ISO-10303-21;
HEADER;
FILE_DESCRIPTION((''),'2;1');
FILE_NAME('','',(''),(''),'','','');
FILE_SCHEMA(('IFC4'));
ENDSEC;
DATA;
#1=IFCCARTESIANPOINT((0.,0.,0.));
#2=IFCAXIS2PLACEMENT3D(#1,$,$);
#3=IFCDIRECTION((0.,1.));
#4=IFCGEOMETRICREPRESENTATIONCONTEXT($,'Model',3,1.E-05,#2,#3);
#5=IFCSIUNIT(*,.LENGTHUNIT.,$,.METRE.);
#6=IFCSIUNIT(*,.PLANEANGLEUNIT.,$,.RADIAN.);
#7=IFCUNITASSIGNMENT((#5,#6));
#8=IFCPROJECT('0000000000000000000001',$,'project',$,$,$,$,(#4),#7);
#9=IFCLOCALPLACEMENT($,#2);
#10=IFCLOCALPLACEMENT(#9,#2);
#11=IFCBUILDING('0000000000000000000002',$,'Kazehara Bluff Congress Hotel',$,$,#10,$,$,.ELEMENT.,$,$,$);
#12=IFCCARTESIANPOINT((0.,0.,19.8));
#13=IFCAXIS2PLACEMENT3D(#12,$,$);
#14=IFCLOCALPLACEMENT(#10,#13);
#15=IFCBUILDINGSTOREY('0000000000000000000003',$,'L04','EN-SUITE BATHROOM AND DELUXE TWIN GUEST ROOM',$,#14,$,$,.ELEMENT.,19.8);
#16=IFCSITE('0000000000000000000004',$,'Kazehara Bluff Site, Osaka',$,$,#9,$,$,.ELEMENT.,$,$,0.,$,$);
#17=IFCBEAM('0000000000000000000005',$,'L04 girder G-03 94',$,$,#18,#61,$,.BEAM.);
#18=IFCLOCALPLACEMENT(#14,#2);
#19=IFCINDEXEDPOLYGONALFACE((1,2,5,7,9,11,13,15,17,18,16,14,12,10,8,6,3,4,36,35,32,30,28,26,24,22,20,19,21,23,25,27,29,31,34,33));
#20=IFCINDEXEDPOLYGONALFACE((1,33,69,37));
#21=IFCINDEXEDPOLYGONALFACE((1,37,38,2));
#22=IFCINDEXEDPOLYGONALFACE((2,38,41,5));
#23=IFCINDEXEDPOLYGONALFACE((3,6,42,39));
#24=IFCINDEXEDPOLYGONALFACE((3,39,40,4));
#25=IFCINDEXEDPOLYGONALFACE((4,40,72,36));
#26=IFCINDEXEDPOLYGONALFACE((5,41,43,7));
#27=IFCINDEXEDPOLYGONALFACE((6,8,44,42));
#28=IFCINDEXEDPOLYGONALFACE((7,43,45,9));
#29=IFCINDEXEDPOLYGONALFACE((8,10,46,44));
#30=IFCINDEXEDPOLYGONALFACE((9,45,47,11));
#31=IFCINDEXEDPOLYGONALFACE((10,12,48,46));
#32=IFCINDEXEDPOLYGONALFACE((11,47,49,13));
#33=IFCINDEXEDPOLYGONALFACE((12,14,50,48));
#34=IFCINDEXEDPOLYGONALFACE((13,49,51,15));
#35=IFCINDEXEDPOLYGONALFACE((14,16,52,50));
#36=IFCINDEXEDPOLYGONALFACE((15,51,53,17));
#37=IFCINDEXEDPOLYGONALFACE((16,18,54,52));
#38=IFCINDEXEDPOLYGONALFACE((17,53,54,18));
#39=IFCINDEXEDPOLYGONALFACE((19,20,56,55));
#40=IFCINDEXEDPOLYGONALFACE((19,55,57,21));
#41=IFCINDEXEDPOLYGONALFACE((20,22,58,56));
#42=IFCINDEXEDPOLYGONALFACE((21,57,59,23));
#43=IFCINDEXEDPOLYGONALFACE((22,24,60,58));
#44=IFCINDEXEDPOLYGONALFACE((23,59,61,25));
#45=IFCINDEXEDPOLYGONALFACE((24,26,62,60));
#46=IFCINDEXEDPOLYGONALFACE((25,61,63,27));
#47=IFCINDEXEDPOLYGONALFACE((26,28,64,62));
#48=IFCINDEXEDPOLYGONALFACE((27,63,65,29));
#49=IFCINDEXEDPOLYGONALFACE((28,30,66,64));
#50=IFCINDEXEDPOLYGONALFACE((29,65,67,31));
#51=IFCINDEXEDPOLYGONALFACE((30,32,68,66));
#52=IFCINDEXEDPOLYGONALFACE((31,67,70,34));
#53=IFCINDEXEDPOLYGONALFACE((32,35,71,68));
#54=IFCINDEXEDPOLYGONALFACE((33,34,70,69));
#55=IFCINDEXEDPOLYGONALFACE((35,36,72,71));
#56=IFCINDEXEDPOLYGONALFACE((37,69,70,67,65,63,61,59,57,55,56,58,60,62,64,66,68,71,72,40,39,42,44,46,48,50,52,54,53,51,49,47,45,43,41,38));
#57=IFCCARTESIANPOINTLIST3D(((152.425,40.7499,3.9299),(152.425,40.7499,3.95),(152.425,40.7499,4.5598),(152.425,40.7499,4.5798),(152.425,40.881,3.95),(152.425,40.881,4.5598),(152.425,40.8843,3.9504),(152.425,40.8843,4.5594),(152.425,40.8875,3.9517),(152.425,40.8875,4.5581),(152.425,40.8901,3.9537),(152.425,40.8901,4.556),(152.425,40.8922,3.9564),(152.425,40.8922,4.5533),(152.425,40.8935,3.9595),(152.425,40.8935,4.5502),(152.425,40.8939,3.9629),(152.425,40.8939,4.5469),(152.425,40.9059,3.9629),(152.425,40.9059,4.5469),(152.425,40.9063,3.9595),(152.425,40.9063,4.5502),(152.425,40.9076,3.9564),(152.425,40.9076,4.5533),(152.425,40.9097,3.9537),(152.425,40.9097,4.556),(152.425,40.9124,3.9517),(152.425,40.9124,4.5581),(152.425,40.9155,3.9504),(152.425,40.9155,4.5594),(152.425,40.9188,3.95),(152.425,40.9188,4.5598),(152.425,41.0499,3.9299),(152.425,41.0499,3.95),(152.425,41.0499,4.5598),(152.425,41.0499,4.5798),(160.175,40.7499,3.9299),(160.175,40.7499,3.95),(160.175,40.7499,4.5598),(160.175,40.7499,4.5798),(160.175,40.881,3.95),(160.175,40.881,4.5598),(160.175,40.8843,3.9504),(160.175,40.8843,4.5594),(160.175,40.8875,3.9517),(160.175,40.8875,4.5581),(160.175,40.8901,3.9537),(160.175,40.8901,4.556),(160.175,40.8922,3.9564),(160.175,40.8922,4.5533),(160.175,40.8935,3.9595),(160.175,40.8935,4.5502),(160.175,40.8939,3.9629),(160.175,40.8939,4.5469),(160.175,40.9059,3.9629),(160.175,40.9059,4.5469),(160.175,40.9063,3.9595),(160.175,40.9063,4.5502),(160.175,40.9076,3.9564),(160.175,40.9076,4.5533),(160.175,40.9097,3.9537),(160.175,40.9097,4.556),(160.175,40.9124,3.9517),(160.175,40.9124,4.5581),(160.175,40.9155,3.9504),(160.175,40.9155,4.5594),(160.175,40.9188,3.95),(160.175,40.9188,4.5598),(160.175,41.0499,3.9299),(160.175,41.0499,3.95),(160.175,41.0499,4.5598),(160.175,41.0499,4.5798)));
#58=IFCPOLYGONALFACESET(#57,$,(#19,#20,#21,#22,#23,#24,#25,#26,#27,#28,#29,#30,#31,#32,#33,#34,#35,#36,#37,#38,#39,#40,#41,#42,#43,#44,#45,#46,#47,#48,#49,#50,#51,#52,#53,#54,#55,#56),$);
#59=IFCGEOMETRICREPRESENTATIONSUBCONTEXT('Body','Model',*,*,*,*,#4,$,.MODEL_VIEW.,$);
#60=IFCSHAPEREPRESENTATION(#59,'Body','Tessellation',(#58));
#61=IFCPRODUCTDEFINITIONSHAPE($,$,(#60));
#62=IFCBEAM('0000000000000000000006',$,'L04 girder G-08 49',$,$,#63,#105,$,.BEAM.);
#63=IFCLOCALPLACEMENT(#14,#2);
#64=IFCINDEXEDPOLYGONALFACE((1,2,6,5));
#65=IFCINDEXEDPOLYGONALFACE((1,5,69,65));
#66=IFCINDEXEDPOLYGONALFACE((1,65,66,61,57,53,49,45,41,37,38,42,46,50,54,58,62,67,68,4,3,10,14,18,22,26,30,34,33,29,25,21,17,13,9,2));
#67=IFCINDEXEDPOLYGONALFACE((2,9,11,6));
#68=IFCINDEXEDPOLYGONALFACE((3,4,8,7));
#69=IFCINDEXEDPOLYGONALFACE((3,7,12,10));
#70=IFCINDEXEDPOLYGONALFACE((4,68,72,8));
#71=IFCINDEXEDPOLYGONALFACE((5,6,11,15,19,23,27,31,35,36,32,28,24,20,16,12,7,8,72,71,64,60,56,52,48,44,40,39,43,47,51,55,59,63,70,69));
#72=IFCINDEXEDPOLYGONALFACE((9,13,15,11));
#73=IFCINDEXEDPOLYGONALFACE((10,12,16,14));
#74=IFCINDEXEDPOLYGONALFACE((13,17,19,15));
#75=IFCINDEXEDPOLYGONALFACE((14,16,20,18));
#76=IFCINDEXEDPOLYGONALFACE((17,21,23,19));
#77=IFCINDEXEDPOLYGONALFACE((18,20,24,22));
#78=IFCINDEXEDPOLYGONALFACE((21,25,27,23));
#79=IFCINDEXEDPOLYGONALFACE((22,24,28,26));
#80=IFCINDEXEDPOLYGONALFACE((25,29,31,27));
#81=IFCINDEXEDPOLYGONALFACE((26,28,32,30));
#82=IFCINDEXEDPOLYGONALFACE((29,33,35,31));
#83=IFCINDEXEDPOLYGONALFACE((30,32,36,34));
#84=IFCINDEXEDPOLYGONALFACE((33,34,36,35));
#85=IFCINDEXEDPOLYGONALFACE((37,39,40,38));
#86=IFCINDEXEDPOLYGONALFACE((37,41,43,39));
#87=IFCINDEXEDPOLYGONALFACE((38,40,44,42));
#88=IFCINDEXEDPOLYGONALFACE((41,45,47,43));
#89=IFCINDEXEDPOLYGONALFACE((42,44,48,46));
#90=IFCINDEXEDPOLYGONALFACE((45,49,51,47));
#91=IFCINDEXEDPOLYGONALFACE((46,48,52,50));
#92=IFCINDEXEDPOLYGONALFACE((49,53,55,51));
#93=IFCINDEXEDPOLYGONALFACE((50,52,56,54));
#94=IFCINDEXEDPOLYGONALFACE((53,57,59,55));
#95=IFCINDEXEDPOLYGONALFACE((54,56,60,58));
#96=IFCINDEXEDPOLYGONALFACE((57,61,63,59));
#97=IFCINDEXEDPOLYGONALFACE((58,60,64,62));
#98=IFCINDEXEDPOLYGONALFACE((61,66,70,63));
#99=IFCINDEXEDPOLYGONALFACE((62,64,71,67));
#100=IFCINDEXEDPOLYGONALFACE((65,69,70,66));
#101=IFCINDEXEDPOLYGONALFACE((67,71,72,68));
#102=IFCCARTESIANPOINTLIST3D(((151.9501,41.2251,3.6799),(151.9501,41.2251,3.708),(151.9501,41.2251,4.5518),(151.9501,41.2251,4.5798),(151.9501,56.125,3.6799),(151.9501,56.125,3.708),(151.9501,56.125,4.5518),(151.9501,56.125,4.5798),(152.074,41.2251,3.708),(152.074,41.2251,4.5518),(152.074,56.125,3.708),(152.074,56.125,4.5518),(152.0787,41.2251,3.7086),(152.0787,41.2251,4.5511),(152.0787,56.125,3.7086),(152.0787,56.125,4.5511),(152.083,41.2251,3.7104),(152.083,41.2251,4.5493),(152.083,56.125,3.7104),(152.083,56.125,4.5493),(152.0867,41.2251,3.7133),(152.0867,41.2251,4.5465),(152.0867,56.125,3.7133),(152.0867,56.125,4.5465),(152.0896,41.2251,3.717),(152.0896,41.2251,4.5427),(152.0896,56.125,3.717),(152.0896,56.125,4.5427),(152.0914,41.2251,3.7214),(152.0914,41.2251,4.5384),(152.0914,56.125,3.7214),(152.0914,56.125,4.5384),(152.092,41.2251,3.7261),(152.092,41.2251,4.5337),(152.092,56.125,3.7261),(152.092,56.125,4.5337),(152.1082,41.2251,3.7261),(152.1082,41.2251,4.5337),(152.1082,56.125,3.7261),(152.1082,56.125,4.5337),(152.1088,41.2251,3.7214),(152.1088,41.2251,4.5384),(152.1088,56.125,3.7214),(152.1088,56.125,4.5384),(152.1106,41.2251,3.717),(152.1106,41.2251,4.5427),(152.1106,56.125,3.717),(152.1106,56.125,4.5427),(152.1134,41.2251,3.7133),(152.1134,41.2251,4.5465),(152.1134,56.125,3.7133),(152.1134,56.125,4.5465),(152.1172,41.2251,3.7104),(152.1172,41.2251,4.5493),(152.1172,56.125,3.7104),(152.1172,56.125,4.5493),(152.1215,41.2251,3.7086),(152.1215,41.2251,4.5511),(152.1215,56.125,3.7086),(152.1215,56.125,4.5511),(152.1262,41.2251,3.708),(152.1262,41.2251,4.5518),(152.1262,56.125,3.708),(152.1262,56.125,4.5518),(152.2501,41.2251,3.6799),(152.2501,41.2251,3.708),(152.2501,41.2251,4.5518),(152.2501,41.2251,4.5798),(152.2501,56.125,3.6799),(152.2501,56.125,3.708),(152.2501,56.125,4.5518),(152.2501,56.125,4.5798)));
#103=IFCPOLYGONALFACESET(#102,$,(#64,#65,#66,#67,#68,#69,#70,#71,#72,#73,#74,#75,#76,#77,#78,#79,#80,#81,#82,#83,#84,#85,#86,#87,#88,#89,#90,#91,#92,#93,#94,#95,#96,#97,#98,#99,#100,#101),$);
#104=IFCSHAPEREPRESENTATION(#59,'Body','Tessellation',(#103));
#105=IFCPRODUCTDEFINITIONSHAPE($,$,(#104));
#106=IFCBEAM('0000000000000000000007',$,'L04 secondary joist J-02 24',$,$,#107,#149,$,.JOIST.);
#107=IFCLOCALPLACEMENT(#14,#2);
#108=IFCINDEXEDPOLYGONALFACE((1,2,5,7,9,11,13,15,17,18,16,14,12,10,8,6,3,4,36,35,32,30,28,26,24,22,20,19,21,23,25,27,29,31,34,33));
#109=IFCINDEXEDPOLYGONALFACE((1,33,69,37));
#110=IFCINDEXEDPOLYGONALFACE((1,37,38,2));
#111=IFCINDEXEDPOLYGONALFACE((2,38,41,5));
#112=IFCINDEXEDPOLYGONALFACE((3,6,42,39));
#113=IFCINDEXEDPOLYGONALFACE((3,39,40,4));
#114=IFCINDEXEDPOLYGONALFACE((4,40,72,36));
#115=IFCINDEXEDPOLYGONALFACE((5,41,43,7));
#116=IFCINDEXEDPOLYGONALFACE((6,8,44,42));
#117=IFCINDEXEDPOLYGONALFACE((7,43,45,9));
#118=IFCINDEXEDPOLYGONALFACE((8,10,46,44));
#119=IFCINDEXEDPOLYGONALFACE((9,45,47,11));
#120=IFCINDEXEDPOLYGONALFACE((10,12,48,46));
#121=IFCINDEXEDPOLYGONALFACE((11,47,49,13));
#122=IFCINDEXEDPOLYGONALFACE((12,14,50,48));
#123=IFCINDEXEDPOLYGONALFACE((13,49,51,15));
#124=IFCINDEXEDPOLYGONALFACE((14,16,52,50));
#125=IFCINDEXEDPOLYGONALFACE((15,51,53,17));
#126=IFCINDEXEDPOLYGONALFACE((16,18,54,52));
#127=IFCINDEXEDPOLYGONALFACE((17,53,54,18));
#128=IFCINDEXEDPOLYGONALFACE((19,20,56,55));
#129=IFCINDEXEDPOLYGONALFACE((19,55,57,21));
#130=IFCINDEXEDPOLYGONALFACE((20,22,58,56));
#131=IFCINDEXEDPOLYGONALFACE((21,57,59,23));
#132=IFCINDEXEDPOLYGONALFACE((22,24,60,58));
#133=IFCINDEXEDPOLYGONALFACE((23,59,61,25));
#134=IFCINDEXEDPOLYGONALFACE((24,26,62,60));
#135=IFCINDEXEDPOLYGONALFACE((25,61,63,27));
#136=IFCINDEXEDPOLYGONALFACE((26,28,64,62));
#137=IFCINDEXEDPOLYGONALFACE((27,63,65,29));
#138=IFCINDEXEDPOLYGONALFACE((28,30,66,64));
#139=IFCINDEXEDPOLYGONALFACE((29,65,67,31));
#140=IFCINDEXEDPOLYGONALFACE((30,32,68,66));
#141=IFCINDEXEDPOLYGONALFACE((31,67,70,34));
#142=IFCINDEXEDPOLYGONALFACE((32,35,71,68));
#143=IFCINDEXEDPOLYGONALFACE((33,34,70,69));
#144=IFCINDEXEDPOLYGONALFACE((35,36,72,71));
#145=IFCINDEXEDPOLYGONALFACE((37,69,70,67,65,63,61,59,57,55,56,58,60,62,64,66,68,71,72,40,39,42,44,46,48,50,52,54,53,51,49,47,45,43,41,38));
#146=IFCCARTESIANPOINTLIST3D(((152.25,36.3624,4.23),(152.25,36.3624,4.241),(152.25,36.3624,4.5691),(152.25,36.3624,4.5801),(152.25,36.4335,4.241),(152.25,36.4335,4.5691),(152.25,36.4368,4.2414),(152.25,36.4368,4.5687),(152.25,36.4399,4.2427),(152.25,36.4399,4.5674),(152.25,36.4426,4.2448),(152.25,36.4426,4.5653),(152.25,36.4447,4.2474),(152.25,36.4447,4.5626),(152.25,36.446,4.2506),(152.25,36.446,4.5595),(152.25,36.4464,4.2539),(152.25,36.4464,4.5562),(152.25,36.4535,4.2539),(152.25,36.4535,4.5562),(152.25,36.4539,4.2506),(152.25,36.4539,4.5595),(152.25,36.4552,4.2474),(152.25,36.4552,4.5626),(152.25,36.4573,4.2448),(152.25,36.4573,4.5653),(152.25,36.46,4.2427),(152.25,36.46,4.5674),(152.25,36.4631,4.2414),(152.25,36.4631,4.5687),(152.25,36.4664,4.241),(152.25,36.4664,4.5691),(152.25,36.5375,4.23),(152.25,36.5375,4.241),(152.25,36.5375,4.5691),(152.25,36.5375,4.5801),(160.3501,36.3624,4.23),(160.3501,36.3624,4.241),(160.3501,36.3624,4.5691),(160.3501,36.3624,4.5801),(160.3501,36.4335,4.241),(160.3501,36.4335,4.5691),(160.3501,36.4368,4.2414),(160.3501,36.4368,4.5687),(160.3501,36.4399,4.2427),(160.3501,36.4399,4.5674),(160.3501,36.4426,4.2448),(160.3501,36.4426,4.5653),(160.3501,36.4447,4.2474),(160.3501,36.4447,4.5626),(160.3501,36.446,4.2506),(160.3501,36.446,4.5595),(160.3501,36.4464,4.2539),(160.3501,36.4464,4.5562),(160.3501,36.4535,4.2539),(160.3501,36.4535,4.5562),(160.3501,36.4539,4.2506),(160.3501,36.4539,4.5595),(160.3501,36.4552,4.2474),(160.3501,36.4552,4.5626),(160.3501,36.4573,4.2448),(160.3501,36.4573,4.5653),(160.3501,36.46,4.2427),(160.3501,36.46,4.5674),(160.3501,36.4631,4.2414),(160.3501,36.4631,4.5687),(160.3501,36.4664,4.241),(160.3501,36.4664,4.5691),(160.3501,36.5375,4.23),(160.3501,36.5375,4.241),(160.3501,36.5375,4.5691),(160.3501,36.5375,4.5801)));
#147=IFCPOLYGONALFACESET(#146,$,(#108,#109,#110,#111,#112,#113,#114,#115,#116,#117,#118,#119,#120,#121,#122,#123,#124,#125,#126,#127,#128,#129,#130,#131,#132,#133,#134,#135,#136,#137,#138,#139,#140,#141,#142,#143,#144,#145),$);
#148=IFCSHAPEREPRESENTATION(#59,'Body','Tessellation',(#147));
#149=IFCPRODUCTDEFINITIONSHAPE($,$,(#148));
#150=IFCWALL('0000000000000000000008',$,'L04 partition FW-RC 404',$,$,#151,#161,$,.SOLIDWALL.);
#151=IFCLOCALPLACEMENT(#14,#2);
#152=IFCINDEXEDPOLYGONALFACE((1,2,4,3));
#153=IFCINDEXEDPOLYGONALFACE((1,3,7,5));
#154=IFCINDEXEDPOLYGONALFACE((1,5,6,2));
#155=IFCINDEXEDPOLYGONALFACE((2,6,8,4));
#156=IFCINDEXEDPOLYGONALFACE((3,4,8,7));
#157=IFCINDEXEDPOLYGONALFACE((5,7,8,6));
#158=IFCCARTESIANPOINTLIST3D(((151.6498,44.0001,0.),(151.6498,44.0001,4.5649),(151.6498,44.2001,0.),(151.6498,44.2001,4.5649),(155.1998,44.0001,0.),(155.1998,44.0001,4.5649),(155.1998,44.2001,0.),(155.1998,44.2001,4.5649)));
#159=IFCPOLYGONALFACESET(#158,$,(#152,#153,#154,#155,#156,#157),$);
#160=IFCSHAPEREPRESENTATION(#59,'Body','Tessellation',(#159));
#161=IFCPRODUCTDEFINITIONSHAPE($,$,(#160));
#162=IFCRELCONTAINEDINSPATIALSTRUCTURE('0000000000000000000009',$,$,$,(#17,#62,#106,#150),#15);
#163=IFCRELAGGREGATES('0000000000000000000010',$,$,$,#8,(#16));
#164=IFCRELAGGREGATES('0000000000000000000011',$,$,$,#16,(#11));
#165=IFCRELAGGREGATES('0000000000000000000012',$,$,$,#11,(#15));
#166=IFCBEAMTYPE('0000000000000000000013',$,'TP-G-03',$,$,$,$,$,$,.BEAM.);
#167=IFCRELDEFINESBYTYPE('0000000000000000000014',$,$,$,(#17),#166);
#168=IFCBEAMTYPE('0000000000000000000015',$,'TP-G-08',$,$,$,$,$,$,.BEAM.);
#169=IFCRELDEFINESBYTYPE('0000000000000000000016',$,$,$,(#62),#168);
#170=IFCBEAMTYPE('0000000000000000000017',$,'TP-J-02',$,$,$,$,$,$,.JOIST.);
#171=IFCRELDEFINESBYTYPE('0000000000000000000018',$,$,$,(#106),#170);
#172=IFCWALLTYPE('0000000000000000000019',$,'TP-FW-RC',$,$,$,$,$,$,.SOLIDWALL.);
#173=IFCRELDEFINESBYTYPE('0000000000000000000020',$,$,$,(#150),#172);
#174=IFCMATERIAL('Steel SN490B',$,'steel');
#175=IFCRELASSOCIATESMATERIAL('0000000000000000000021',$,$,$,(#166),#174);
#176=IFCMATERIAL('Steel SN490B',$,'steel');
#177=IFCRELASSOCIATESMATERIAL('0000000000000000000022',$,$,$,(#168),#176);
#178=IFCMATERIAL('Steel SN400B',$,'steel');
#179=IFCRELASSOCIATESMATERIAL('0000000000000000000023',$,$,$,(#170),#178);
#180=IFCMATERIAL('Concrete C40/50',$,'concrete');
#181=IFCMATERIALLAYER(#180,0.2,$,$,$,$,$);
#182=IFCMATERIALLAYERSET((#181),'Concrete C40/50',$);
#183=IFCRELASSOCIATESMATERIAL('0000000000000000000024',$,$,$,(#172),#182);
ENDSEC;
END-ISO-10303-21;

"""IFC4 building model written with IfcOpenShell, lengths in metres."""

from ifc_helpers import new_model, si_unit, direction, frame, frame_2d, origin, origin_2d, place, context, subcontext, project, spatial, rectangle, i_section, extrude, material, layer, layer_set, material_profile, profile_set, type_object, element, save


model = new_model("IFC4")

# Units and contexts
model_context = context("Model", 3, precision=1e-05, world=origin(), true_north=direction((0.0, 1.0)))
body_context = subcontext(model_context, "Body", "Model", "MODEL_VIEW")
ifc_project = project(units=[si_unit("LENGTHUNIT", "METRE"), si_unit("PLANEANGLEUNIT", "RADIAN")], contexts=[model_context])

# Site, building, storey
site_placement = place(None, origin())
site = spatial("IfcSite", under=ifc_project, at=site_placement, Name="Kazehara Bluff Site, Osaka", CompositionType="ELEMENT", RefElevation=0.0)
building_placement = place(site_placement, origin())
building = spatial("IfcBuilding", under=site, at=building_placement, Name="Kazehara Bluff Congress Hotel", CompositionType="ELEMENT")
storey_placement = place(building_placement, frame((0.0, 0.0, 19.8)))
storey = spatial("IfcBuildingStorey", under=building, at=storey_placement, Name="L04", Description="EN-SUITE BATHROOM AND DELUXE TWIN GUEST ROOM", CompositionType="ELEMENT", Elevation=19.8)

# Beams
ifc_material_1 = material(Name="Steel SN490B", Category="steel")
ifc_material_profile_1 = material_profile(ifc_material_1, i_section(OverallWidth=0.3, OverallDepth=0.6499, WebThickness=0.012, FlangeThickness=0.02, FilletRadius=0.0129, at=origin_2d()))
ifc_profile_set_1 = profile_set([ifc_material_profile_1], Name="Steel SN490B")
beam_type_1 = type_object("IfcBeamType", Name="TP-G-03", PredefinedType="BEAM", material=ifc_profile_set_1)
for number, where, z_axis, x_axis, name in (
    (1, (152.425, 40.8999, 4.2549), (1.0, 0.0, 0.0), (0.0, 1.0, 0.0), "L04 girder G-03 94"),
):
    element("IfcBeam", number, at=place(storey_placement, frame(where, z_axis=z_axis, x_axis=x_axis)), inside=storey, type_object=beam_type_1, Name=name, PredefinedType="BEAM", context=body_context, shape_type="SweptSolid", body=[
        extrude(i_section(OverallWidth=0.3, OverallDepth=0.6499, WebThickness=0.012, FlangeThickness=0.02, FilletRadius=0.0129, at=origin_2d()), origin(), (0.0, 0.0, 1.0), 7.75),
    ])
ifc_material_2 = material(Name="Steel SN490B", Category="steel")
ifc_material_profile_2 = material_profile(ifc_material_2, i_section(OverallWidth=0.3, OverallDepth=0.8999, WebThickness=0.0161, FlangeThickness=0.0281, FilletRadius=0.0181, at=origin_2d()))
ifc_profile_set_2 = profile_set([ifc_material_profile_2], Name="Steel SN490B")
beam_type_2 = type_object("IfcBeamType", Name="TP-G-08", PredefinedType="BEAM", material=ifc_profile_set_2)
beam_1_placement = place(storey_placement, frame((152.1001, 41.2251, 4.1299), z_axis=(0.0, 1.0, 0.0), x_axis=(-1.0, 0.0, 0.0)))
element("IfcBeam", 2, at=beam_1_placement, inside=storey, type_object=beam_type_2, Name="L04 girder G-08 49", PredefinedType="BEAM", context=body_context, shape_type="SweptSolid", body=[
    extrude(i_section(OverallWidth=0.3, OverallDepth=0.8999, WebThickness=0.0161, FlangeThickness=0.0281, FilletRadius=0.0181, at=origin_2d()), origin(), (0.0, 0.0, 1.0), 14.8999),
])
ifc_material_3 = material(Name="Steel SN400B", Category="steel")
ifc_material_profile_3 = material_profile(ifc_material_3, i_section(OverallWidth=0.175, OverallDepth=0.3501, WebThickness=0.0071, FlangeThickness=0.011, FilletRadius=0.0129, at=origin_2d()))
ifc_profile_set_3 = profile_set([ifc_material_profile_3], Name="Steel SN400B")
beam_type_3 = type_object("IfcBeamType", Name="TP-J-02", PredefinedType="JOIST", material=ifc_profile_set_3)
beam_2_placement = place(storey_placement, frame((152.25, 36.45, 4.405), z_axis=(1.0, 0.0, 0.0), x_axis=(0.0, 1.0, 0.0)))
element("IfcBeam", 3, at=beam_2_placement, inside=storey, type_object=beam_type_3, Name="L04 secondary joist J-02 24", PredefinedType="JOIST", context=body_context, shape_type="SweptSolid", body=[
    extrude(i_section(OverallWidth=0.175, OverallDepth=0.3501, WebThickness=0.0071, FlangeThickness=0.011, FilletRadius=0.0129, at=origin_2d()), origin(), (0.0, 0.0, 1.0), 8.1001),
])

# Wall
ifc_material_4 = material(Name="Concrete C40/50", Category="concrete")
ifc_layer_1 = layer(ifc_material_4, 0.2)
ifc_layer_set_1 = layer_set([ifc_layer_1], Name="Concrete C40/50")
wall_type_1 = type_object("IfcWallType", Name="TP-FW-RC", PredefinedType="SOLIDWALL", material=ifc_layer_set_1)
wall_1_placement = place(storey_placement, frame((151.6499, 44.1001, 0.0), z_axis=(0.0, 0.0, 1.0), x_axis=(1.0, 0.0, 0.0)))
element("IfcWall", 4, at=wall_1_placement, inside=storey, type_object=wall_type_1, Name="L04 partition FW-RC 404", PredefinedType="SOLIDWALL", context=body_context, shape_type="SweptSolid", body=[
    extrude(rectangle(XDim=3.55, YDim=0.2, at=frame_2d((1.7749, 0.0))), origin(), (0.0, 0.0, 1.0), 4.5649),
])

save(model, "model.ifc")
